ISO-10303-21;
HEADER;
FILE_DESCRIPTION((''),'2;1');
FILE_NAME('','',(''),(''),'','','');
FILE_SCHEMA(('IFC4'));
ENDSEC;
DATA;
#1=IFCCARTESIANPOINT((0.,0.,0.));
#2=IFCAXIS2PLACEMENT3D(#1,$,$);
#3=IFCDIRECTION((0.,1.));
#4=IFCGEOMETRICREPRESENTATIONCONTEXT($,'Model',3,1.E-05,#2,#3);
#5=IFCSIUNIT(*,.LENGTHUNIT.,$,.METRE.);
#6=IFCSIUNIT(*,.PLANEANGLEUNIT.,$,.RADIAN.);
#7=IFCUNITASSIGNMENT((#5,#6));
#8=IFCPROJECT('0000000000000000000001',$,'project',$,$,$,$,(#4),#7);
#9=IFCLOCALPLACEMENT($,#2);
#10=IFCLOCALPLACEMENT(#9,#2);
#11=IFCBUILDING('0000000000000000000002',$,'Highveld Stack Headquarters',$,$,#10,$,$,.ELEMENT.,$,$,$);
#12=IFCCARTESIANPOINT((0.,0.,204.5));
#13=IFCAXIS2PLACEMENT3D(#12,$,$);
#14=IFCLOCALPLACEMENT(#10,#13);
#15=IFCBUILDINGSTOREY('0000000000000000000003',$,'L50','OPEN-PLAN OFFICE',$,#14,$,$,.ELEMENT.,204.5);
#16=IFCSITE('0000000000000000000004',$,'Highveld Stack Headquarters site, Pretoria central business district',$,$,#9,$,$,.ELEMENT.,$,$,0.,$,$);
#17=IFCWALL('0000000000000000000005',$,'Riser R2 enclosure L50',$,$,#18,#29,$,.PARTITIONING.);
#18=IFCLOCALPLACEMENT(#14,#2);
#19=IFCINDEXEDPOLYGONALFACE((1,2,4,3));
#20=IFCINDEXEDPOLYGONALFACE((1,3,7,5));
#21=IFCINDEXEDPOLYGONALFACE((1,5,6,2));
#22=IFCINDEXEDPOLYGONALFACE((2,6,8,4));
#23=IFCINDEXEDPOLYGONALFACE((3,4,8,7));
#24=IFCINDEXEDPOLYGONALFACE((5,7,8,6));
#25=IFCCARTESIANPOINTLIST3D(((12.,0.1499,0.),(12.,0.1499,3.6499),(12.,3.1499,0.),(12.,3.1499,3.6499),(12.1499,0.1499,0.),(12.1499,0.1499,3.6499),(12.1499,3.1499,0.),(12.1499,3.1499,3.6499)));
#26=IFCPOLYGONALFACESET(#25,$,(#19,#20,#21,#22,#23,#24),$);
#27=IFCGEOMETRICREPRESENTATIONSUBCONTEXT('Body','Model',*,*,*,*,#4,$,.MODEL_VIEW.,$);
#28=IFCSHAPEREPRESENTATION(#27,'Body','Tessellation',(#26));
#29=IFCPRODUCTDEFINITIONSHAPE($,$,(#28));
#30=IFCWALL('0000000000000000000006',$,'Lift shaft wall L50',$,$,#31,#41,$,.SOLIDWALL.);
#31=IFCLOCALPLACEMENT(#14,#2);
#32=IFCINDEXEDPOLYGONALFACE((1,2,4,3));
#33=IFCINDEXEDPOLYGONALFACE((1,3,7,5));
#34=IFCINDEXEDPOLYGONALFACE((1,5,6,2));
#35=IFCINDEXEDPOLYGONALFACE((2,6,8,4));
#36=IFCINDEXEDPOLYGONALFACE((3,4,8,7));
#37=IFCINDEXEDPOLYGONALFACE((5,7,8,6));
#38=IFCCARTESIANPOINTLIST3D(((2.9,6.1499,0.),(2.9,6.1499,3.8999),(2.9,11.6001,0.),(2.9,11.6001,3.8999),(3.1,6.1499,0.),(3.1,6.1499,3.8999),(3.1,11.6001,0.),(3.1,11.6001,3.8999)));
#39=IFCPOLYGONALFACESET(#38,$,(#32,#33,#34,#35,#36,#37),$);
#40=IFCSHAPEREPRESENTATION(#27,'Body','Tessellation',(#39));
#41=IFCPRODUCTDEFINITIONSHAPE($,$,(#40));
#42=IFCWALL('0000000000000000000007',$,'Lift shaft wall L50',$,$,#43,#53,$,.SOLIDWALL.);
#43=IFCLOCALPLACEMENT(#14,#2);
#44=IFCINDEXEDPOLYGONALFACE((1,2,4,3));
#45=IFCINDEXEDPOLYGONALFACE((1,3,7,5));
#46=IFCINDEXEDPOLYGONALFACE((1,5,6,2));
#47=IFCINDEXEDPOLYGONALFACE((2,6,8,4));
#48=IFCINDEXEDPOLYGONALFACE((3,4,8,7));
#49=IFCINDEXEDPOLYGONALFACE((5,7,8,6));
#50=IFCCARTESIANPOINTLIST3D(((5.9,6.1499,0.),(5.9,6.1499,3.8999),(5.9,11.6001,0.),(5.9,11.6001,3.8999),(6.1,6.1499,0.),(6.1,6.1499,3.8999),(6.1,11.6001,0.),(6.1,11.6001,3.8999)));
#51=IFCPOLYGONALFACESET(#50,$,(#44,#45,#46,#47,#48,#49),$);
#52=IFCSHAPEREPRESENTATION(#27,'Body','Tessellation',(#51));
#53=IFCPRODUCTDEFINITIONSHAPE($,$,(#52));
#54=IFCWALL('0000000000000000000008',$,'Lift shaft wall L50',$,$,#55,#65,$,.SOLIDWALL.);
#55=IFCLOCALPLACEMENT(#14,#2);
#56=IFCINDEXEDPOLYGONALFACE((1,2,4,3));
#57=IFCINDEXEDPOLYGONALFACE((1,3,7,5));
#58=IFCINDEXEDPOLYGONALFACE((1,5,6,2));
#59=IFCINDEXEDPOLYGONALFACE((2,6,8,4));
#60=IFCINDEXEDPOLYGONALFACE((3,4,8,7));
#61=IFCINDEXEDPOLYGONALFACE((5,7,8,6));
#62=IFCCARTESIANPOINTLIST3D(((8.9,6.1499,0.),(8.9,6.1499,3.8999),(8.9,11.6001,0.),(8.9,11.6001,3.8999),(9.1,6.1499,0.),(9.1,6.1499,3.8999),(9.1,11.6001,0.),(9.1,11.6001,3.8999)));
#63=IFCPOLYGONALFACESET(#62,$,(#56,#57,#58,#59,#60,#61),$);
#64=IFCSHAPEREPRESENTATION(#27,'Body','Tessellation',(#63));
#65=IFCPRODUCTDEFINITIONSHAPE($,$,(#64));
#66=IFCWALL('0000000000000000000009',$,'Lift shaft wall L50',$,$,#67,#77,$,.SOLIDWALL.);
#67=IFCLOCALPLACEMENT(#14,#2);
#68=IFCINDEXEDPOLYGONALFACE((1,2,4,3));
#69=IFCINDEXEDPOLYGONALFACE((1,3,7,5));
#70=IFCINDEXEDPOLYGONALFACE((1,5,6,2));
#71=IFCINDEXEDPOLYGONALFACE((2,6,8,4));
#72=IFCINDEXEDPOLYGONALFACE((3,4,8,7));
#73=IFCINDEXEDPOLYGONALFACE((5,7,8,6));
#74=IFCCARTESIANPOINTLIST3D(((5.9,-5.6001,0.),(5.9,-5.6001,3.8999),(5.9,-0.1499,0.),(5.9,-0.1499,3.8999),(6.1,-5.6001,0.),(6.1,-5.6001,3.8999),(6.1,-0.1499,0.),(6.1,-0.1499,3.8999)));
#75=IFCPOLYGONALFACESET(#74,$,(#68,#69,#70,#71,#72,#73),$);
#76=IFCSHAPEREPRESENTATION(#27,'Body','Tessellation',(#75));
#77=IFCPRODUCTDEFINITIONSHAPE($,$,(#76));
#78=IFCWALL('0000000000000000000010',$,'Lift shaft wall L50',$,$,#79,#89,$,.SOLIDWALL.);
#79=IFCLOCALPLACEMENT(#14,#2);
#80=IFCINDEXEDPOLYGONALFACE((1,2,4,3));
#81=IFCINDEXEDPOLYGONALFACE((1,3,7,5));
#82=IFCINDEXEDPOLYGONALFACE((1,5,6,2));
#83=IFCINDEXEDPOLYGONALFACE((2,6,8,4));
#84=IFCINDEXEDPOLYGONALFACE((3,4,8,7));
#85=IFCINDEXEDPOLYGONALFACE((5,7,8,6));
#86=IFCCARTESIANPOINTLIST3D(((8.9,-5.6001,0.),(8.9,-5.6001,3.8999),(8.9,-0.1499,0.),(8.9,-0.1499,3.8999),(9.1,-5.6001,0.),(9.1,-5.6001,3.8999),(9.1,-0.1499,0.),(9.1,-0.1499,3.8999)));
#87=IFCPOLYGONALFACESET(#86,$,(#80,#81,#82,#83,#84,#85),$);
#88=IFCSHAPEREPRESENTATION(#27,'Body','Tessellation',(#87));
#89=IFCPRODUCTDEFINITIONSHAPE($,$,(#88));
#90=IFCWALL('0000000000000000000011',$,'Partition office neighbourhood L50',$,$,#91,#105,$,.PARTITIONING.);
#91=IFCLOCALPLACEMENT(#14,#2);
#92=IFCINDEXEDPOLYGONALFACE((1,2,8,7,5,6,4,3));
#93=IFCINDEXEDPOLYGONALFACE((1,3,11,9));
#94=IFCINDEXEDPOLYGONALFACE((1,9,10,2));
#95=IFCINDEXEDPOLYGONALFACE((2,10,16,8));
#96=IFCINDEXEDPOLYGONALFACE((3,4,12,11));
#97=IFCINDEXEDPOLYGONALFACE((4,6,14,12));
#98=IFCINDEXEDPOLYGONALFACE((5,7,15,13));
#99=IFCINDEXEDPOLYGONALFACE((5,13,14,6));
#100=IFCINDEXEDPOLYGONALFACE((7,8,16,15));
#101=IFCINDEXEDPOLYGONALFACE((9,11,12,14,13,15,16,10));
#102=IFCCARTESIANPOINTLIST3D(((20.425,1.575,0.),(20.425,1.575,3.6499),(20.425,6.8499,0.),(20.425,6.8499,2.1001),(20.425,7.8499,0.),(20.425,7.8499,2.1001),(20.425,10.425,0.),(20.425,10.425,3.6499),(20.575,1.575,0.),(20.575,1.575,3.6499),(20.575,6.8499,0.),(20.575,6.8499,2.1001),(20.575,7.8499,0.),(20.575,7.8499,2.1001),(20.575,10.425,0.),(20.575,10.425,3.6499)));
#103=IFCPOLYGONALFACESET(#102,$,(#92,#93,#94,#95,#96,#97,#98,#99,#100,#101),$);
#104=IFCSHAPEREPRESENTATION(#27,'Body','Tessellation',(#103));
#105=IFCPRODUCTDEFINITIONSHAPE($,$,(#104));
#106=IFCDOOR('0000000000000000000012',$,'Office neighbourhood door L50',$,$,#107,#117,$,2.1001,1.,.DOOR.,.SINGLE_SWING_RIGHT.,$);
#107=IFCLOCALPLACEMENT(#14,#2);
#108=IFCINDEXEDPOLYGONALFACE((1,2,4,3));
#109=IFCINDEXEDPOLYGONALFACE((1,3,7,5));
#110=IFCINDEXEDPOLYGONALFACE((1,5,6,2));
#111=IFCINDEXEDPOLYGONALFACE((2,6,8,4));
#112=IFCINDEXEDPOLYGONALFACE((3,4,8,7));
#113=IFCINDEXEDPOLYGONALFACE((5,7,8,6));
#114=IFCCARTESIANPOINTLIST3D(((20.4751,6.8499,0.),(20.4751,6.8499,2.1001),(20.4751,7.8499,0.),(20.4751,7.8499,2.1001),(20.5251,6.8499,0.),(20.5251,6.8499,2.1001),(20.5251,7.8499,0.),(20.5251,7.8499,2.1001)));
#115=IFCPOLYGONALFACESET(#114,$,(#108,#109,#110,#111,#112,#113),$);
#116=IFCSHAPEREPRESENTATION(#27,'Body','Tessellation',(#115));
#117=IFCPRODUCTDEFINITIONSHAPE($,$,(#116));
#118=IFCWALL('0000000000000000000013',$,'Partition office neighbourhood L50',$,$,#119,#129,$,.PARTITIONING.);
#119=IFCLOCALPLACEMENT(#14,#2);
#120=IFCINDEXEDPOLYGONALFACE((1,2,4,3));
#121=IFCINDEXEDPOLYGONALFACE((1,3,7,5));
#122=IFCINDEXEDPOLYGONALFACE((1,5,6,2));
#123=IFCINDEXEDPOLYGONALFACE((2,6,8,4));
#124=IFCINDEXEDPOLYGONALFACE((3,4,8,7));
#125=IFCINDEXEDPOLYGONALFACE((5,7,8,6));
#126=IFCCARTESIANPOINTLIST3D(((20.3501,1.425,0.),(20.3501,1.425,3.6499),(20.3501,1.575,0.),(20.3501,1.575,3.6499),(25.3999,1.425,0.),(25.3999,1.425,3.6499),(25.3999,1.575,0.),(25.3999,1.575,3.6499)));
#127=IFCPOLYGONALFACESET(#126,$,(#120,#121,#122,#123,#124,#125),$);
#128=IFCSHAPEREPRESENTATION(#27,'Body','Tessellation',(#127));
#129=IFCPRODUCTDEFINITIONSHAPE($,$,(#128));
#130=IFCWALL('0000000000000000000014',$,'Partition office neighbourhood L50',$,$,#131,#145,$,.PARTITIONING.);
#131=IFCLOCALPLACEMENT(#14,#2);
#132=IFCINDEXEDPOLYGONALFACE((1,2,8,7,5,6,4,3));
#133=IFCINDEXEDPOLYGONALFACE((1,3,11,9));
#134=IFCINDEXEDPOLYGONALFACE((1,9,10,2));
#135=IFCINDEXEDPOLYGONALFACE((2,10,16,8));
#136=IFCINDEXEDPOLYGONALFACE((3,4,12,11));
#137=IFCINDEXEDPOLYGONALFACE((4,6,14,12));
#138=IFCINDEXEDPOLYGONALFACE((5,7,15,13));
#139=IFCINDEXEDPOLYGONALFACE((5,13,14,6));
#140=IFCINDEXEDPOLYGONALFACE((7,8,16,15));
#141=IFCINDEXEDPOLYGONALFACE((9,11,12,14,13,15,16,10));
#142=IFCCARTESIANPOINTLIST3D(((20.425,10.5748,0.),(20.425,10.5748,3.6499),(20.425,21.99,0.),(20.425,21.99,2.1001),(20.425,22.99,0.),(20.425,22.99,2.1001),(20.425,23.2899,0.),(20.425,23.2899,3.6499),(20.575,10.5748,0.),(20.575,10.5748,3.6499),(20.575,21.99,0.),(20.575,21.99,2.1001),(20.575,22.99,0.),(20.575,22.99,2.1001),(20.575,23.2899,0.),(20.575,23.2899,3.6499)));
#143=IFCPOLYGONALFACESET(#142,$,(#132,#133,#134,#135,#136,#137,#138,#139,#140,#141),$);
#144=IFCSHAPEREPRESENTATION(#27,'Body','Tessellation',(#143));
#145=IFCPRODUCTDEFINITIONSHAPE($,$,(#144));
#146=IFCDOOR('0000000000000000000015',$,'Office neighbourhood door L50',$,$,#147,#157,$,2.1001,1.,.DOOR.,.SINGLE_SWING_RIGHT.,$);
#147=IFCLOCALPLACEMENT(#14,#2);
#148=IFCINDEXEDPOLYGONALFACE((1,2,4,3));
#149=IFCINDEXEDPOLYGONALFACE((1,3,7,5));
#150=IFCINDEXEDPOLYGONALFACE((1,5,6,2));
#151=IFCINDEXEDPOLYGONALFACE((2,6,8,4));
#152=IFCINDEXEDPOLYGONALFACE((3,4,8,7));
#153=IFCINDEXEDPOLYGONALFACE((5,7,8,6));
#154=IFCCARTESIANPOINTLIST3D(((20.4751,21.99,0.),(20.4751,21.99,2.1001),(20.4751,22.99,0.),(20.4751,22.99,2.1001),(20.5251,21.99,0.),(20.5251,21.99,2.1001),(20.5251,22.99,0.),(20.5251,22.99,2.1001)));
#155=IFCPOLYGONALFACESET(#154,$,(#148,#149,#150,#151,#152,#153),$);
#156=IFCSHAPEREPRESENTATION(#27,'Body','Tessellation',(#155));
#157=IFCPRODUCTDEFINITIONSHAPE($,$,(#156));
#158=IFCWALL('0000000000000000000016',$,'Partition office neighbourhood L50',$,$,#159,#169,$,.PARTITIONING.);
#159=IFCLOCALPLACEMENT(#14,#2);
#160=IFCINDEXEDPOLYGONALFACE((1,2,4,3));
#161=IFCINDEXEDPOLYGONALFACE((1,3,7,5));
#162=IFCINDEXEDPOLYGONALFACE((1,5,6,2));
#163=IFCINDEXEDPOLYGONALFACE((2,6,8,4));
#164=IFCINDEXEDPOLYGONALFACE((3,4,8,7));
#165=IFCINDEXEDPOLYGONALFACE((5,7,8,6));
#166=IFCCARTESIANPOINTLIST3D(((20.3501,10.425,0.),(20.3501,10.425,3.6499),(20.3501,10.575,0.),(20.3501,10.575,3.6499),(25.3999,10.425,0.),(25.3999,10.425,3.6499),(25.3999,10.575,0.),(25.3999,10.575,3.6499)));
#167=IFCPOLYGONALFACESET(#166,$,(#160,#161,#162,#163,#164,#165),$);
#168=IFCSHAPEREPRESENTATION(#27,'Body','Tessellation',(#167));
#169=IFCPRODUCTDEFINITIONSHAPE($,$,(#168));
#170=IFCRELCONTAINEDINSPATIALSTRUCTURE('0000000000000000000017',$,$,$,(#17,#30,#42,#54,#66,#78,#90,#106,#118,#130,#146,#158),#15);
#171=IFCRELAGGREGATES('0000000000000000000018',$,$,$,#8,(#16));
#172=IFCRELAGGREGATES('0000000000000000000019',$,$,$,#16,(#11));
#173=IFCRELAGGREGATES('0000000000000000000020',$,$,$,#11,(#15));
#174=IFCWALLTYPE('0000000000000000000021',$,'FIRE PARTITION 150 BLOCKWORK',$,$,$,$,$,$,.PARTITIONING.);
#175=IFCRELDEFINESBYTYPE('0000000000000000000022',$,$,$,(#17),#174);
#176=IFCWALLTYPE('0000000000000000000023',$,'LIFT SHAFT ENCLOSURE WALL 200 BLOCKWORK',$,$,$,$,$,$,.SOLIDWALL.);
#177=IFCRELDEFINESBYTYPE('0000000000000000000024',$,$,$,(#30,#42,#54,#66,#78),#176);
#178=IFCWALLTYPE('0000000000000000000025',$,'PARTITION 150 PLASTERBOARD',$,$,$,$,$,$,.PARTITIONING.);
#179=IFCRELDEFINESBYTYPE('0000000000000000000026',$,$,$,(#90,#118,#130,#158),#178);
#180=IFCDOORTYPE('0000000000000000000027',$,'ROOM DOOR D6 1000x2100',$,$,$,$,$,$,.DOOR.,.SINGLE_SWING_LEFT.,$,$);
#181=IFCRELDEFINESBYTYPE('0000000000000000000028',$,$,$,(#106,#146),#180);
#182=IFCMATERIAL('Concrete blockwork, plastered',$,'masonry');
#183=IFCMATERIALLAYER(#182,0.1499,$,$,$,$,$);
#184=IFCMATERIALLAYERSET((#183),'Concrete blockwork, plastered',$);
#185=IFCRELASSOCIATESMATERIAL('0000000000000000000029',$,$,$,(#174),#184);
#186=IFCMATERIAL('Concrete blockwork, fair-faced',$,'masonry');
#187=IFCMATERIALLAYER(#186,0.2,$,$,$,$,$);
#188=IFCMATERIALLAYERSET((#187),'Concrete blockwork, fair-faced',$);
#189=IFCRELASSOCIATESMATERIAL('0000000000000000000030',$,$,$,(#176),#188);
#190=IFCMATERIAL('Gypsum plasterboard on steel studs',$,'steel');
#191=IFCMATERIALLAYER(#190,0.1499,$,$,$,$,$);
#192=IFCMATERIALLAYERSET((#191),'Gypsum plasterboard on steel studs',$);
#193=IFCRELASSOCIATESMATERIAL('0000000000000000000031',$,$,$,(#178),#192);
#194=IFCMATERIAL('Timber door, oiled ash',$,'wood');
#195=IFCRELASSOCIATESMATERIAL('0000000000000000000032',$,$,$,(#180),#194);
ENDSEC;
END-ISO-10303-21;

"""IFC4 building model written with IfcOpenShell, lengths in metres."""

from ifc_helpers import new_model, si_unit, direction, frame, frame_2d, origin, place, context, subcontext, project, spatial, rectangle, extrude, material, layer, layer_set, type_object, element, fill, save


model = new_model("IFC4")

# Units and contexts
model_context = context("Model", 3, precision=1e-05, world=origin(), true_north=direction((0.0, 1.0)))
body_context = subcontext(model_context, "Body", "Model", "MODEL_VIEW")
ifc_project = project(units=[si_unit("LENGTHUNIT", "METRE"), si_unit("PLANEANGLEUNIT", "RADIAN")], contexts=[model_context])

# Site, building, storey
site_placement = place(None, origin())
site = spatial("IfcSite", under=ifc_project, at=site_placement, Name="Highveld Stack Headquarters site, Pretoria central business district", CompositionType="ELEMENT", RefElevation=0.0)
building_placement = place(site_placement, origin())
building = spatial("IfcBuilding", under=site, at=building_placement, Name="Highveld Stack Headquarters", CompositionType="ELEMENT")
storey_placement = place(building_placement, frame((0.0, 0.0, 204.5)))
storey = spatial("IfcBuildingStorey", under=building, at=storey_placement, Name="L50", Description="OPEN-PLAN OFFICE", CompositionType="ELEMENT", Elevation=204.5)

# Shared definitions
ifc_material_1 = material(Name="Concrete blockwork, plastered", Category="masonry")
ifc_layer_1 = layer(ifc_material_1, 0.1499)
ifc_layer_set_1 = layer_set([ifc_layer_1], Name="Concrete blockwork, plastered")
wall_type_1 = type_object("IfcWallType", Name="FIRE PARTITION 150 BLOCKWORK", PredefinedType="PARTITIONING", material=ifc_layer_set_1)

# Walls
wall_1_placement = place(storey_placement, frame((12.075, 0.1499, 0.0), z_axis=(0.0, 0.0, 1.0), x_axis=(0.0, 1.0, 0.0)))
element("IfcWall", 1, at=wall_1_placement, inside=storey, type_object=wall_type_1, Name="Riser R2 enclosure L50", PredefinedType="PARTITIONING", context=body_context, shape_type="SweptSolid", body=[
    extrude(rectangle(XDim=3.0, YDim=0.1499, at=frame_2d((1.5, 0.0))), origin(), (0.0, 0.0, 1.0), 3.6499),
])
ifc_material_2 = material(Name="Concrete blockwork, fair-faced", Category="masonry")
ifc_layer_2 = layer(ifc_material_2, 0.2)
ifc_layer_set_2 = layer_set([ifc_layer_2], Name="Concrete blockwork, fair-faced")
wall_type_2 = type_object("IfcWallType", Name="LIFT SHAFT ENCLOSURE WALL 200 BLOCKWORK", PredefinedType="SOLIDWALL", material=ifc_layer_set_2)
for number, where, z_axis, x_axis, name in (
    (2, (3.0, 6.1499, 0.0), (0.0, 0.0, 1.0), (0.0, 1.0, 0.0), "Lift shaft wall L50"),
    (3, (6.0, 6.1499, 0.0), (0.0, 0.0, 1.0), (0.0, 1.0, 0.0), "Lift shaft wall L50"),
    (4, (9.0, 6.1499, 0.0), (0.0, 0.0, 1.0), (0.0, 1.0, 0.0), "Lift shaft wall L50"),
    (5, (6.0, -5.6001, 0.0), (0.0, 0.0, 1.0), (0.0, 1.0, 0.0), "Lift shaft wall L50"),
    (6, (9.0, -5.6001, 0.0), (0.0, 0.0, 1.0), (0.0, 1.0, 0.0), "Lift shaft wall L50"),
):
    element("IfcWall", number, at=place(storey_placement, frame(where, z_axis=z_axis, x_axis=x_axis)), inside=storey, type_object=wall_type_2, Name=name, PredefinedType="SOLIDWALL", context=body_context, shape_type="SweptSolid", body=[
        extrude(rectangle(XDim=5.4502, YDim=0.2, at=frame_2d((2.7251, 0.0))), origin(), (0.0, 0.0, 1.0), 3.8999),
    ])

# Wall, opening, door
ifc_material_3 = material(Name="Gypsum plasterboard on steel studs", Category="steel")
ifc_layer_3 = layer(ifc_material_3, 0.1499)
ifc_layer_set_3 = layer_set([ifc_layer_3], Name="Gypsum plasterboard on steel studs")
wall_type_3 = type_object("IfcWallType", Name="PARTITION 150 PLASTERBOARD", PredefinedType="PARTITIONING", material=ifc_layer_set_3)
wall_2_placement = place(storey_placement, frame((20.5, 1.575, 0.0), z_axis=(0.0, 0.0, 1.0), x_axis=(0.0, 1.0, 0.0)))
wall_2 = element("IfcWall", 7, at=wall_2_placement, inside=storey, type_object=wall_type_3, Name="Partition office neighbourhood L50", PredefinedType="PARTITIONING", context=body_context, shape_type="SweptSolid", body=[
    extrude(rectangle(XDim=8.8501, YDim=0.1499, at=frame_2d((4.425, 0.0))), origin(), (0.0, 0.0, 1.0), 3.6499),
])
opening_1_placement = place(wall_2_placement, frame((5.2749, 0.0, 0.0)))
opening_1 = element("IfcOpeningElement", 8, at=opening_1_placement, cuts=wall_2, PredefinedType="OPENING", context=body_context, shape_type="SweptSolid", body=[
    extrude(rectangle(XDim=1.0, YDim=2.1001, at=frame_2d((0.5, 1.05))), frame((0.0, 0.085, 0.0), z_axis=(0.0, -1.0, 0.0), x_axis=(1.0, 0.0, 0.0)), (0.0, 0.0, 1.0), 0.1699),
])
ifc_material_4 = material(Name="Timber door, oiled ash", Category="wood")
door_type_1 = type_object("IfcDoorType", Name="ROOM DOOR D6 1000x2100", OperationType="SINGLE_SWING_LEFT", PredefinedType="DOOR", material=ifc_material_4)
door_1_placement = place(opening_1_placement, origin())
door_1 = element("IfcDoor", 9, at=door_1_placement, inside=storey, type_object=door_type_1, Name="Office neighbourhood door L50", OperationType="SINGLE_SWING_RIGHT", OverallHeight=2.1001, OverallWidth=1.0, PredefinedType="DOOR", context=body_context, shape_type="SweptSolid", body=[
    extrude(rectangle(XDim=1.0, YDim=2.1001, at=frame_2d((0.5, 1.05))), frame((0.0, 0.0249, 0.0), z_axis=(0.0, -1.0, 0.0), x_axis=(1.0, 0.0, 0.0)), (0.0, 0.0, 1.0), 0.05),
])
fill(opening_1, door_1)

# Wall
wall_3_placement = place(storey_placement, frame((20.3501, 1.5, 0.0), z_axis=(0.0, 0.0, 1.0), x_axis=(1.0, 0.0, 0.0)))
element("IfcWall", 10, at=wall_3_placement, inside=storey, type_object=wall_type_3, Name="Partition office neighbourhood L50", PredefinedType="PARTITIONING", context=body_context, shape_type="SweptSolid", body=[
    extrude(rectangle(XDim=5.0498, YDim=0.1499, at=frame_2d((2.5249, 0.0))), origin(), (0.0, 0.0, 1.0), 3.6499),
])

# Wall, opening, door
wall_4_placement = place(storey_placement, frame((20.5, 10.575, 0.0), z_axis=(0.0, 0.0, 1.0), x_axis=(0.0, 1.0, 0.0)))
wall_4 = element("IfcWall", 11, at=wall_4_placement, inside=storey, type_object=wall_type_3, Name="Partition office neighbourhood L50", PredefinedType="PARTITIONING", context=body_context, shape_type="SweptSolid", body=[
    extrude(rectangle(XDim=12.7151, YDim=0.1499, at=frame_2d((6.3574, 0.0))), origin(), (0.0, 0.0, 1.0), 3.6499),
])
opening_2_placement = place(wall_4_placement, frame((11.415, 0.0, 0.0)))
opening_2 = element("IfcOpeningElement", 12, at=opening_2_placement, cuts=wall_4, PredefinedType="OPENING", context=body_context, shape_type="SweptSolid", body=[
    extrude(rectangle(XDim=1.0, YDim=2.1001, at=frame_2d((0.5, 1.05))), frame((0.0, 0.085, 0.0), z_axis=(0.0, -1.0, 0.0), x_axis=(1.0, 0.0, 0.0)), (0.0, 0.0, 1.0), 0.1699),
])
door_2_placement = place(opening_2_placement, origin())
door_2 = element("IfcDoor", 13, at=door_2_placement, inside=storey, type_object=door_type_1, Name="Office neighbourhood door L50", OperationType="SINGLE_SWING_RIGHT", OverallHeight=2.1001, OverallWidth=1.0, PredefinedType="DOOR", context=body_context, shape_type="SweptSolid", body=[
    extrude(rectangle(XDim=1.0, YDim=2.1001, at=frame_2d((0.5, 1.05))), frame((0.0, 0.0249, 0.0), z_axis=(0.0, -1.0, 0.0), x_axis=(1.0, 0.0, 0.0)), (0.0, 0.0, 1.0), 0.05),
])
fill(opening_2, door_2)

# Wall
wall_5_placement = place(storey_placement, frame((20.3501, 10.5, 0.0), z_axis=(0.0, 0.0, 1.0), x_axis=(1.0, 0.0, 0.0)))
element("IfcWall", 14, at=wall_5_placement, inside=storey, type_object=wall_type_3, Name="Partition office neighbourhood L50", PredefinedType="PARTITIONING", context=body_context, shape_type="SweptSolid", body=[
    extrude(rectangle(XDim=5.0498, YDim=0.1499, at=frame_2d((2.5249, 0.0))), origin(), (0.0, 0.0, 1.0), 3.6499),
])

save(model, "model.ifc")
